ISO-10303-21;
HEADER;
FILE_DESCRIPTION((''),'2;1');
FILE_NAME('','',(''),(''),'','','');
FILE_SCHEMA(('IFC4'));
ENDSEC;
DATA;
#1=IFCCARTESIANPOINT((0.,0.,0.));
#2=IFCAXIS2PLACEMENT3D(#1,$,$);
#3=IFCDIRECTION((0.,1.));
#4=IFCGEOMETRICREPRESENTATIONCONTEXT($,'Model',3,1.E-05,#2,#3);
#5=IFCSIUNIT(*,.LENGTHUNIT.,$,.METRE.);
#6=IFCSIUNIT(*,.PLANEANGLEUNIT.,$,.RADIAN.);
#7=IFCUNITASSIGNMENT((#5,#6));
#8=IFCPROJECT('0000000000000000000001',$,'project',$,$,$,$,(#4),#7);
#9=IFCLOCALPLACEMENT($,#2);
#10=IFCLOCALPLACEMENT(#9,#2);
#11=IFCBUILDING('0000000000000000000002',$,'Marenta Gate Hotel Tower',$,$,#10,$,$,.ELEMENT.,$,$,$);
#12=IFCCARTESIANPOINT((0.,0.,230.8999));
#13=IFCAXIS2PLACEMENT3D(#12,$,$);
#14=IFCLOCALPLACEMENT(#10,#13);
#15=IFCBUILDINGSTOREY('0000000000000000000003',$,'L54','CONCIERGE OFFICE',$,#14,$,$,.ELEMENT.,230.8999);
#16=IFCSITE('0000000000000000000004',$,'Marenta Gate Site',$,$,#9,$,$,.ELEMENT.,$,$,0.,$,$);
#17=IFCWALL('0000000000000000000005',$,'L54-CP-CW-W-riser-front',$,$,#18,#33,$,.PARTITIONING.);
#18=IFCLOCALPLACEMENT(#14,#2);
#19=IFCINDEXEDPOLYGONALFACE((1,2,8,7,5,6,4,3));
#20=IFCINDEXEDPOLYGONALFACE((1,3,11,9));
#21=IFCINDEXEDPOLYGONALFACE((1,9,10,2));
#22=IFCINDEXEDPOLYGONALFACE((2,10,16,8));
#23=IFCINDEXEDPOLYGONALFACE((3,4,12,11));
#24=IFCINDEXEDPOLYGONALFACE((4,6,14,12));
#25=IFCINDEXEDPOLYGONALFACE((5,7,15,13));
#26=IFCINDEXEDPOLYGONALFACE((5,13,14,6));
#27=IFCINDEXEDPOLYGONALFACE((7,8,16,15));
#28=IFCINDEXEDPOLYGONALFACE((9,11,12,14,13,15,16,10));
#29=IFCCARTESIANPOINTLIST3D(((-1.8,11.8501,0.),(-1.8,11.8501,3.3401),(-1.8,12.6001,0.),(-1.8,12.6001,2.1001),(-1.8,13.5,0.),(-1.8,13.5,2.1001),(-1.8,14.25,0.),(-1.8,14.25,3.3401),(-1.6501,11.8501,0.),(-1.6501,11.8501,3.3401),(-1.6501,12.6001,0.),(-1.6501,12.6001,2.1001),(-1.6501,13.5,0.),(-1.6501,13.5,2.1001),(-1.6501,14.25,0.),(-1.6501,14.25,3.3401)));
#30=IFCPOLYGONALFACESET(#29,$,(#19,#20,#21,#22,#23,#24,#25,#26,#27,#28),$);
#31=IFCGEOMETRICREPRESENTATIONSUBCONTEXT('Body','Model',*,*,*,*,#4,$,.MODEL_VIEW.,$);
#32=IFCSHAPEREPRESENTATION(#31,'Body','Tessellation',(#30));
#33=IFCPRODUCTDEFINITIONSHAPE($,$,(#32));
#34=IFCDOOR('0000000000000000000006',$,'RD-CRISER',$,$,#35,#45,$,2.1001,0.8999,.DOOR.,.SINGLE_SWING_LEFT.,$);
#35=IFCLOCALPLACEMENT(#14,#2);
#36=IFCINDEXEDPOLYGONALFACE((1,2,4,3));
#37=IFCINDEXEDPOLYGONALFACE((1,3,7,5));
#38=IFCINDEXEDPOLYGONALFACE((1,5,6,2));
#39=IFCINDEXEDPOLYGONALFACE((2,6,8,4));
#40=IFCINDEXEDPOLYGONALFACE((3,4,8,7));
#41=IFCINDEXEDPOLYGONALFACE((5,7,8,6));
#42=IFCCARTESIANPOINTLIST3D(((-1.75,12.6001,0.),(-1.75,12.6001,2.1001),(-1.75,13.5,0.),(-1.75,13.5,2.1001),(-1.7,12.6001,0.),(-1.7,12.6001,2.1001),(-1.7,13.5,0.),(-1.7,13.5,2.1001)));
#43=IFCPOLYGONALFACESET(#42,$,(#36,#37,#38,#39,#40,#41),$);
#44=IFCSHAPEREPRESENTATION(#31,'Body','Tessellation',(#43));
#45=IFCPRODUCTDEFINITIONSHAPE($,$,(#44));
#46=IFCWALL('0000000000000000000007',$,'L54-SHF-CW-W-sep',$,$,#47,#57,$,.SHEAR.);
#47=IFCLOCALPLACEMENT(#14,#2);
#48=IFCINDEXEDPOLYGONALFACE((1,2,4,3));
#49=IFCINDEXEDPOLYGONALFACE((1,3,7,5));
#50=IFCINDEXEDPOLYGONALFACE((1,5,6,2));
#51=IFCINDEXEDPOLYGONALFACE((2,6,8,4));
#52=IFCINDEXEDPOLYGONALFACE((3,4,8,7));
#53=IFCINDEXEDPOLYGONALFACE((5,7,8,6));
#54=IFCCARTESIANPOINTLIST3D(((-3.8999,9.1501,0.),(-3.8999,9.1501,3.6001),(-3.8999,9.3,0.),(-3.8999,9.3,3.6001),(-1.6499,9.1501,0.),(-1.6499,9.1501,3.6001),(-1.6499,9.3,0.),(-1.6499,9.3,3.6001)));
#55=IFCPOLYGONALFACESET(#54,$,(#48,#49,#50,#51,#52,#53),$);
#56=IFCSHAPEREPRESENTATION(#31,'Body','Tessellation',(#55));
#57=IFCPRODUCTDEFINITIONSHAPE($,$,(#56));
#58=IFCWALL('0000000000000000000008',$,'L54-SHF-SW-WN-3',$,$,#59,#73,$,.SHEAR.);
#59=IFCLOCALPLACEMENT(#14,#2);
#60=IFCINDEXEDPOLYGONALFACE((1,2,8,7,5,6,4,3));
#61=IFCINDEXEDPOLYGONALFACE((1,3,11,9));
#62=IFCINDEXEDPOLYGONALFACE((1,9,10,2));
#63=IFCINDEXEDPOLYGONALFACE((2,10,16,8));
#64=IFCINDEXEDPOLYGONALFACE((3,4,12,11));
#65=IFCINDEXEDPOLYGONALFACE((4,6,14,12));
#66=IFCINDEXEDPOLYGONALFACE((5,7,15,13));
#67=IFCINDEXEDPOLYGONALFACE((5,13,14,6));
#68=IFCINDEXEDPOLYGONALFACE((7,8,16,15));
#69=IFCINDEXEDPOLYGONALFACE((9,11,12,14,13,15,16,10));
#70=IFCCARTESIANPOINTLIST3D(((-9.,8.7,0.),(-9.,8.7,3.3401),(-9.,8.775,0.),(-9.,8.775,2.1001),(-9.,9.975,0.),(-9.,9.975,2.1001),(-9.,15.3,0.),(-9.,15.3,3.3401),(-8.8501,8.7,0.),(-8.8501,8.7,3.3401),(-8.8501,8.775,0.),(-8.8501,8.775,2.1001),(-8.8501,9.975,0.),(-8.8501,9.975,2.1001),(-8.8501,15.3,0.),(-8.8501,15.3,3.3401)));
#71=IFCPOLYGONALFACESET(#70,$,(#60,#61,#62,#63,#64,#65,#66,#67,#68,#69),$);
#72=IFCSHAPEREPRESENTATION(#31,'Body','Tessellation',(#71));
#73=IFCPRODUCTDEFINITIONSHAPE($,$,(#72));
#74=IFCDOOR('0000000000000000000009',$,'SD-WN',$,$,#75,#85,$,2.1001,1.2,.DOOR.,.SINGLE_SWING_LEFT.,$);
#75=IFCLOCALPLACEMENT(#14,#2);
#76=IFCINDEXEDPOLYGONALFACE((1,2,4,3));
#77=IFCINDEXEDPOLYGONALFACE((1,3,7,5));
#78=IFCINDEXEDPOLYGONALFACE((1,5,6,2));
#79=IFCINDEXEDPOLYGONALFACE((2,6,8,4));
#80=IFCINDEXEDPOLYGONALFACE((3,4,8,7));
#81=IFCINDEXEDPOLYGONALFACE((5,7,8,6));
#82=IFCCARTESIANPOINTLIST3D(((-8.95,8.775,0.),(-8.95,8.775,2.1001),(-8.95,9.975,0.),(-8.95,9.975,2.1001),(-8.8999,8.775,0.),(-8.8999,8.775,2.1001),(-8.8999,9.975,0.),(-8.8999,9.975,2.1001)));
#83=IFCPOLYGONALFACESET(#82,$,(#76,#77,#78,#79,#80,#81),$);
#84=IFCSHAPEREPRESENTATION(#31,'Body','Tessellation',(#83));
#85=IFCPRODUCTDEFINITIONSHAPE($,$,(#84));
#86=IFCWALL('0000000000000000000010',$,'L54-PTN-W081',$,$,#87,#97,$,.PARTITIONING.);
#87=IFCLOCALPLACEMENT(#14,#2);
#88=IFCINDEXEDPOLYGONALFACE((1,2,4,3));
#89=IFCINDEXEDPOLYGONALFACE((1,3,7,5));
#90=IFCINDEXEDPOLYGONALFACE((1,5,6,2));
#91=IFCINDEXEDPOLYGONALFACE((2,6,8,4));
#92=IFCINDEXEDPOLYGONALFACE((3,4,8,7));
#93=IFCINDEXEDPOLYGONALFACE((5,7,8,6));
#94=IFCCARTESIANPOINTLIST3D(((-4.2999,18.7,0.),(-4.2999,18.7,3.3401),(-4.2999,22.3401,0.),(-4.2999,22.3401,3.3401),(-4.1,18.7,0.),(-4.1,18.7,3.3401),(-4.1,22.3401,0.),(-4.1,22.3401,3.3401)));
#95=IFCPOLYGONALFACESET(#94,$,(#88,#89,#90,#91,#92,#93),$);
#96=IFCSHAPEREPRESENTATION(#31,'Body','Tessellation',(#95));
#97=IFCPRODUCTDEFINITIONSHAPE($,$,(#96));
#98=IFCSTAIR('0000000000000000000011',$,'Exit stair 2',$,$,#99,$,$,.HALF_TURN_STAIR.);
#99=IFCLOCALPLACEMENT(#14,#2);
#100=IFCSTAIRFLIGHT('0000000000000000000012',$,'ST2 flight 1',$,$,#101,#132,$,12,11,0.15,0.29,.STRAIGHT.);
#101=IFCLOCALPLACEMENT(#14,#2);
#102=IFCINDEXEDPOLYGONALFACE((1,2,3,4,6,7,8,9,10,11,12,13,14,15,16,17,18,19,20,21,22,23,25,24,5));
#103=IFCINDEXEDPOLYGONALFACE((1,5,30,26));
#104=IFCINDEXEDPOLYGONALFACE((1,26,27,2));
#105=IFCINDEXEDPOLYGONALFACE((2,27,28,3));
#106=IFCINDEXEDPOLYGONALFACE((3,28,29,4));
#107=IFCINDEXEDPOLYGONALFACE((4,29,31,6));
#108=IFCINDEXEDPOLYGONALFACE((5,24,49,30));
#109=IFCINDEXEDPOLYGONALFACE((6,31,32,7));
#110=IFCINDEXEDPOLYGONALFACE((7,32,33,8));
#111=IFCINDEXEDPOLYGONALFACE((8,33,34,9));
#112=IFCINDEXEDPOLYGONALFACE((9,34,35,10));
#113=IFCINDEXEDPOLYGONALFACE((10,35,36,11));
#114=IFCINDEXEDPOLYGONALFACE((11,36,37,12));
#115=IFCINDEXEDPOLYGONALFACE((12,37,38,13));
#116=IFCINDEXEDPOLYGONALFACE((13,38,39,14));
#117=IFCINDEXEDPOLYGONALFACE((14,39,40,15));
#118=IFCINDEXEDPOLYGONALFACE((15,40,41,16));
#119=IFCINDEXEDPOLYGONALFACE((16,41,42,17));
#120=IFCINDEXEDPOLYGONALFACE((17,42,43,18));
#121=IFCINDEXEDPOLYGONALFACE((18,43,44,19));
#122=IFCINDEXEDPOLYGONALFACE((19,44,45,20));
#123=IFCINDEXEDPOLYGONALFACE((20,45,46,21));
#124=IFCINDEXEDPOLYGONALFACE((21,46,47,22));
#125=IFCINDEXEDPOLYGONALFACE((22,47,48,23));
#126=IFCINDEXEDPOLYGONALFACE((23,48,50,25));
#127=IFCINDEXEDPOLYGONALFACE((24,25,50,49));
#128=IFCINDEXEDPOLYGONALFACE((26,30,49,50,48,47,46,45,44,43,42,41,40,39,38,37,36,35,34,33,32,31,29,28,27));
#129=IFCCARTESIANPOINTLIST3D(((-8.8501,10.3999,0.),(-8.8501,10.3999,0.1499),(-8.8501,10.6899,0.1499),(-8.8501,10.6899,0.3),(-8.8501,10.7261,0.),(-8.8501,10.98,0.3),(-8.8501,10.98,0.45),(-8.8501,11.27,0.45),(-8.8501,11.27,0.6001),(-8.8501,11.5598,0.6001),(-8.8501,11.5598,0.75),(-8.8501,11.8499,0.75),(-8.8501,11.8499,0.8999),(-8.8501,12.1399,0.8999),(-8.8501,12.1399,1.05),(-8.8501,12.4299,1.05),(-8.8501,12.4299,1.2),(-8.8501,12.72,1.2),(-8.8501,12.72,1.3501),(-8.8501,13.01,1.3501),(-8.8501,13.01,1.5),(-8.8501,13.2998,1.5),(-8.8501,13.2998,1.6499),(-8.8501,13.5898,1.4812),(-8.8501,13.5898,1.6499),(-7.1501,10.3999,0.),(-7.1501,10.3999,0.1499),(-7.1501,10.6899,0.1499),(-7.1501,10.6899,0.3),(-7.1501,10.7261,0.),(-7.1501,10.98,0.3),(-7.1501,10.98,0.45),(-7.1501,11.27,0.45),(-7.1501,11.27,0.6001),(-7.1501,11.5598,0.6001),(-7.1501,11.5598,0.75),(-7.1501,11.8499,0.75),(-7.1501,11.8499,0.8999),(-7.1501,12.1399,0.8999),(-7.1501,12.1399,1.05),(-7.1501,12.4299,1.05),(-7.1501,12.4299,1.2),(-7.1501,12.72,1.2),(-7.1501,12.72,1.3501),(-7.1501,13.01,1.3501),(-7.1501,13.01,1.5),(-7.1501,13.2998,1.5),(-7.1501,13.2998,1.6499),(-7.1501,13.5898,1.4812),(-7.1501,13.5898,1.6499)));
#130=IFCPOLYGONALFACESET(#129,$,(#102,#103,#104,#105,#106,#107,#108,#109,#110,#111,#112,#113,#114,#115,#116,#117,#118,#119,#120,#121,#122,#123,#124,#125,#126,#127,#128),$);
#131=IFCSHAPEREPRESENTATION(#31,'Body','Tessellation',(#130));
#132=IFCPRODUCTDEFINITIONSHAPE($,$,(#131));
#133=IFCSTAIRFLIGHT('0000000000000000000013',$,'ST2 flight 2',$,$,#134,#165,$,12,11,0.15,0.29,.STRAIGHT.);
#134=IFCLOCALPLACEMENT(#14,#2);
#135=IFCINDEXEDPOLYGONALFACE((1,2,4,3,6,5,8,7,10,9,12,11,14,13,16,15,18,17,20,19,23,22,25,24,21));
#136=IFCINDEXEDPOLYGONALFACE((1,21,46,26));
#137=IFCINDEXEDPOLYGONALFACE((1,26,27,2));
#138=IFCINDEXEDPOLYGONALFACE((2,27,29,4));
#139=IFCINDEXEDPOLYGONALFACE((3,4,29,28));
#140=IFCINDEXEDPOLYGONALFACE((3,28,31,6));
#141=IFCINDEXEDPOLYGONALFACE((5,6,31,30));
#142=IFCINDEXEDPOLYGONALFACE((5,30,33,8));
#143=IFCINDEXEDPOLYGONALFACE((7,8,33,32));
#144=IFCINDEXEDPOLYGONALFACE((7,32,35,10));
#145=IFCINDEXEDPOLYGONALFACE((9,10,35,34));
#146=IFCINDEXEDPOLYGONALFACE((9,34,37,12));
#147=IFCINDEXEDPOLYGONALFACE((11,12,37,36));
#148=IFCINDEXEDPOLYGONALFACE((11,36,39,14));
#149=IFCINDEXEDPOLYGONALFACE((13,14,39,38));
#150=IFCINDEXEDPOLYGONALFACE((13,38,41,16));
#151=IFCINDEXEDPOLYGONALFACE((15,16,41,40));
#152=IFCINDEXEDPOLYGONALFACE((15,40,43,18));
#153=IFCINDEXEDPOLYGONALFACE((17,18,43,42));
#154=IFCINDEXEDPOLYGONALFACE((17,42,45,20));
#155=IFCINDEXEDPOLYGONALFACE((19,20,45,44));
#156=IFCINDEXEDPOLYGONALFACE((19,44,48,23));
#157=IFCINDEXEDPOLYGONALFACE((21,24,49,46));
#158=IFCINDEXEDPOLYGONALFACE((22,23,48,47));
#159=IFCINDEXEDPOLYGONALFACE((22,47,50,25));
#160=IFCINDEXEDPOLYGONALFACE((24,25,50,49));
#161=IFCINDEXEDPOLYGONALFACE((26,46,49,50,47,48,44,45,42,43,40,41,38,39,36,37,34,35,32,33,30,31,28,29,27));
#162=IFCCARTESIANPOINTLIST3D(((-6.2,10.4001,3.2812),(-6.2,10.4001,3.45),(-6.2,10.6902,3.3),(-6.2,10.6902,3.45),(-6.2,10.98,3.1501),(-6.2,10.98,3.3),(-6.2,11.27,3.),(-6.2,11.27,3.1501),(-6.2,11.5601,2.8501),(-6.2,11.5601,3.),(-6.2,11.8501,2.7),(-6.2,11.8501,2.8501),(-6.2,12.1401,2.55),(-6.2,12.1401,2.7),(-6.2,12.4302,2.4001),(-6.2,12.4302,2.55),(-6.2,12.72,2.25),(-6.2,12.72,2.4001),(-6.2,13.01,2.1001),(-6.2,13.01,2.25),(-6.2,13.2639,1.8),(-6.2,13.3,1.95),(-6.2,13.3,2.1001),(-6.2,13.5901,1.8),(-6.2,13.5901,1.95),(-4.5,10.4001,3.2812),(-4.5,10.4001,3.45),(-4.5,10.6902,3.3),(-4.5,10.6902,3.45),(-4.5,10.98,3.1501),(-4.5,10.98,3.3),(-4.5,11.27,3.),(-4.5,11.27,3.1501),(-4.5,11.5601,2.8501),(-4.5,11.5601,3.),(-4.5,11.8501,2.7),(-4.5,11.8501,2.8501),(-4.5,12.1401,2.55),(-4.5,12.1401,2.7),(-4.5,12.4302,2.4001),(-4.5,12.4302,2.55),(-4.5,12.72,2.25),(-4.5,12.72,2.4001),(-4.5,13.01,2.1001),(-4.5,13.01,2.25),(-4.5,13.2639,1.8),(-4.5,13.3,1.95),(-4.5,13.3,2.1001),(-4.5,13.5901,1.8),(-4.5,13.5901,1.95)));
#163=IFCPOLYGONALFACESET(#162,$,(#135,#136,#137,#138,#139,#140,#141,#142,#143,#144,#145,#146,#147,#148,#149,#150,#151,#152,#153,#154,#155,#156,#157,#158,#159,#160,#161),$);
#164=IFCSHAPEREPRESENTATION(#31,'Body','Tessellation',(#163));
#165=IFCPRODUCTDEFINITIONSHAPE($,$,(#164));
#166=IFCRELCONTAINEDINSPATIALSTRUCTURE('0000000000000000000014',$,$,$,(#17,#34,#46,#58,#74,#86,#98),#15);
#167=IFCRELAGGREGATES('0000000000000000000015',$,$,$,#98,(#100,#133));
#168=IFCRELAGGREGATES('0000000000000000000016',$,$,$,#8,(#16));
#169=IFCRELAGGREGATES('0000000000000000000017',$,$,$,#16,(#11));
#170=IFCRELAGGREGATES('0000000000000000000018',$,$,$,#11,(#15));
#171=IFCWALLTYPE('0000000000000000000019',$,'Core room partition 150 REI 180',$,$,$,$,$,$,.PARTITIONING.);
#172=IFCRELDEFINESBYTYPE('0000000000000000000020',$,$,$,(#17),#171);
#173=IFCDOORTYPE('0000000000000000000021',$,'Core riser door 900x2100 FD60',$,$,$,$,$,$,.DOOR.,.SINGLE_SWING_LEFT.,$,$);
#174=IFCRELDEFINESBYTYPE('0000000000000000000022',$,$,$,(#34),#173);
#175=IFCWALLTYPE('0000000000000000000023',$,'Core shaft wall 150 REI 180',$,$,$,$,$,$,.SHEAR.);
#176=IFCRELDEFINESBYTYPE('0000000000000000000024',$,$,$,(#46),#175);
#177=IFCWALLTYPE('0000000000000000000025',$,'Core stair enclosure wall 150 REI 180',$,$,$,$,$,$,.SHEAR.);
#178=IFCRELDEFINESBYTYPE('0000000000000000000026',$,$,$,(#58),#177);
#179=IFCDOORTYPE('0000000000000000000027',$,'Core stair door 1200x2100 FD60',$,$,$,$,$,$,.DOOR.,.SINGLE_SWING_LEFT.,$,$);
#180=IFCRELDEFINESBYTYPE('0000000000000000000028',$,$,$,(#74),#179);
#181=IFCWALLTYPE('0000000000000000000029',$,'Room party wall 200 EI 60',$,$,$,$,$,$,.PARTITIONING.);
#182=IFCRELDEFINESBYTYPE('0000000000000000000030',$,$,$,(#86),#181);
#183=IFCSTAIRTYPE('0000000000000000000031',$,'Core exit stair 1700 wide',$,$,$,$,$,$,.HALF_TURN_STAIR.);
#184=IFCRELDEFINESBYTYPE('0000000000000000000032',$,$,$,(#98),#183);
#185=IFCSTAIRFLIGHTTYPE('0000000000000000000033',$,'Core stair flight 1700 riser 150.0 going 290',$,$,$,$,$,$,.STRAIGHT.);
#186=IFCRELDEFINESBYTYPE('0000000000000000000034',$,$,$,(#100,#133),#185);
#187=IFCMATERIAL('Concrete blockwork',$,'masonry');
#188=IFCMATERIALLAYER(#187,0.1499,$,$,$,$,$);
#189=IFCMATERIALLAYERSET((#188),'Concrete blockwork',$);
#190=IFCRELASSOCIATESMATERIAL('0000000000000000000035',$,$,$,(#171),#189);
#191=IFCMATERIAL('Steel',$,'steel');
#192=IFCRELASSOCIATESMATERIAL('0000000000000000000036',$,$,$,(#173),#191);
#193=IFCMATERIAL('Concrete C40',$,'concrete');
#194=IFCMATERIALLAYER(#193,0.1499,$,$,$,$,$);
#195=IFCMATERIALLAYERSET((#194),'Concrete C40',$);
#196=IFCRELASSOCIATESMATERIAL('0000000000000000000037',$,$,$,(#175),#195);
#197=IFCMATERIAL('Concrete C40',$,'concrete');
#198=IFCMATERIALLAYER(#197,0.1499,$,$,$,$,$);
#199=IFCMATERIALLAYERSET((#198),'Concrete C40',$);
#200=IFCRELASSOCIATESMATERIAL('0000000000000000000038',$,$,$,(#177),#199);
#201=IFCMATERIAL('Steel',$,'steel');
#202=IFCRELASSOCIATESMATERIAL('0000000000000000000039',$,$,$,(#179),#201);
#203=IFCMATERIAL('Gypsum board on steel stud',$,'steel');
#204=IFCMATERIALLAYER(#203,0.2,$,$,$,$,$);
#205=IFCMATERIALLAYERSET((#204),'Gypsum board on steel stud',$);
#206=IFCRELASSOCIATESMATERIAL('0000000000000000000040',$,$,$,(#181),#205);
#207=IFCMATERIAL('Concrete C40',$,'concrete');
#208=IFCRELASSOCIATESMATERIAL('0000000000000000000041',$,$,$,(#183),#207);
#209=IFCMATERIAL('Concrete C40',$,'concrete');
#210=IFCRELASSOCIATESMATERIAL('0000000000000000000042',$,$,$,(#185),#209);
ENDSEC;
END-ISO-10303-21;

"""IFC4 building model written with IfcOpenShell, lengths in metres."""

from ifc_helpers import new_model, si_unit, direction, frame, frame_2d, origin, place, context, subcontext, project, spatial, polyline, rectangle, outline, extrude, material, layer, layer_set, type_object, element, fill, aggregate, save


model = new_model("IFC4")

# Units and contexts
model_context = context("Model", 3, precision=1e-05, world=origin(), true_north=direction((0.0, 1.0)))
body_context = subcontext(model_context, "Body", "Model", "MODEL_VIEW")
ifc_project = project(units=[si_unit("LENGTHUNIT", "METRE"), si_unit("PLANEANGLEUNIT", "RADIAN")], contexts=[model_context])

# Site, building, storey
site_placement = place(None, origin())
site = spatial("IfcSite", under=ifc_project, at=site_placement, Name="Marenta Gate Site", CompositionType="ELEMENT", RefElevation=0.0)
building_placement = place(site_placement, origin())
building = spatial("IfcBuilding", under=site, at=building_placement, Name="Marenta Gate Hotel Tower", CompositionType="ELEMENT")
storey_placement = place(building_placement, frame((0.0, 0.0, 230.8999)))
storey = spatial("IfcBuildingStorey", under=building, at=storey_placement, Name="L54", Description="CONCIERGE OFFICE", CompositionType="ELEMENT", Elevation=230.8999)

# Wall, opening, door
ifc_material_1 = material(Name="Concrete blockwork", Category="masonry")
ifc_layer_1 = layer(ifc_material_1, 0.1499)
ifc_layer_set_1 = layer_set([ifc_layer_1], Name="Concrete blockwork")
wall_type_1 = type_object("IfcWallType", Name="Core room partition 150 REI 180", PredefinedType="PARTITIONING", material=ifc_layer_set_1)
wall_1_placement = place(storey_placement, frame((-1.7251, 11.8501, 0.0), z_axis=(0.0, 0.0, 1.0), x_axis=(0.0, 1.0, 0.0)))
wall_1 = element("IfcWall", 1, at=wall_1_placement, inside=storey, type_object=wall_type_1, Name="L54-CP-CW-W-riser-front", PredefinedType="PARTITIONING", context=body_context, shape_type="SweptSolid", body=[
    extrude(rectangle(XDim=2.3999, YDim=0.1499, at=frame_2d((1.2, 0.0))), origin(), (0.0, 0.0, 1.0), 3.3401),
])
opening_1_placement = place(wall_1_placement, frame((0.75, 0.0, 0.0)))
opening_1 = element("IfcOpeningElement", 2, at=opening_1_placement, cuts=wall_1, PredefinedType="OPENING", context=body_context, shape_type="SweptSolid", body=[
    extrude(rectangle(XDim=0.8999, YDim=2.1001, at=frame_2d((0.45, 1.05))), frame((0.0, 0.075, 0.0), z_axis=(0.0, -1.0, 0.0), x_axis=(1.0, 0.0, 0.0)), (0.0, 0.0, 1.0), 0.1499),
])
ifc_material_2 = material(Name="Steel", Category="steel")
door_type_1 = type_object("IfcDoorType", Name="Core riser door 900x2100 FD60", OperationType="SINGLE_SWING_LEFT", PredefinedType="DOOR", material=ifc_material_2)
door_1_placement = place(opening_1_placement, origin())
door_1 = element("IfcDoor", 3, at=door_1_placement, inside=storey, type_object=door_type_1, Name="RD-CRISER", OperationType="SINGLE_SWING_LEFT", OverallHeight=2.1001, OverallWidth=0.8999, PredefinedType="DOOR", context=body_context, shape_type="SweptSolid", body=[
    extrude(rectangle(XDim=0.8999, YDim=2.1001, at=frame_2d((0.45, 1.05))), frame((0.0, 0.0249, 0.0), z_axis=(0.0, -1.0, 0.0), x_axis=(1.0, 0.0, 0.0)), (0.0, 0.0, 1.0), 0.05),
])
fill(opening_1, door_1)

# Wall
ifc_material_3 = material(Name="Concrete C40", Category="concrete")
ifc_layer_2 = layer(ifc_material_3, 0.1499)
ifc_layer_set_2 = layer_set([ifc_layer_2], Name="Concrete C40")
wall_type_2 = type_object("IfcWallType", Name="Core shaft wall 150 REI 180", PredefinedType="SHEAR", material=ifc_layer_set_2)
wall_2_placement = place(storey_placement, frame((-3.8999, 9.2251, 0.0), z_axis=(0.0, 0.0, 1.0), x_axis=(1.0, 0.0, 0.0)))
element("IfcWall", 4, at=wall_2_placement, inside=storey, type_object=wall_type_2, Name="L54-SHF-CW-W-sep", PredefinedType="SHEAR", context=body_context, shape_type="SweptSolid", body=[
    extrude(rectangle(XDim=2.25, YDim=0.1499, at=frame_2d((1.125, 0.0))), origin(), (0.0, 0.0, 1.0), 3.6001),
])

# Wall, opening, door
ifc_material_4 = material(Name="Concrete C40", Category="concrete")
ifc_layer_3 = layer(ifc_material_4, 0.1499)
ifc_layer_set_3 = layer_set([ifc_layer_3], Name="Concrete C40")
wall_type_3 = type_object("IfcWallType", Name="Core stair enclosure wall 150 REI 180", PredefinedType="SHEAR", material=ifc_layer_set_3)
wall_3_placement = place(storey_placement, frame((-8.925, 8.7, 0.0), z_axis=(0.0, 0.0, 1.0), x_axis=(0.0, 1.0, 0.0)))
wall_3 = element("IfcWall", 5, at=wall_3_placement, inside=storey, type_object=wall_type_3, Name="L54-SHF-SW-WN-3", PredefinedType="SHEAR", context=body_context, shape_type="SweptSolid", body=[
    extrude(rectangle(XDim=6.6001, YDim=0.1499, at=frame_2d((3.3, 0.0))), origin(), (0.0, 0.0, 1.0), 3.3401),
])
opening_2_placement = place(wall_3_placement, frame((0.075, 0.0, 0.0)))
opening_2 = element("IfcOpeningElement", 6, at=opening_2_placement, cuts=wall_3, PredefinedType="OPENING", context=body_context, shape_type="SweptSolid", body=[
    extrude(rectangle(XDim=1.2, YDim=2.1001, at=frame_2d((0.6001, 1.05))), frame((0.0, 0.075, 0.0), z_axis=(0.0, -1.0, 0.0), x_axis=(1.0, 0.0, 0.0)), (0.0, 0.0, 1.0), 0.1499),
])
ifc_material_5 = material(Name="Steel", Category="steel")
door_type_2 = type_object("IfcDoorType", Name="Core stair door 1200x2100 FD60", OperationType="SINGLE_SWING_LEFT", PredefinedType="DOOR", material=ifc_material_5)
door_2_placement = place(opening_2_placement, origin())
door_2 = element("IfcDoor", 7, at=door_2_placement, inside=storey, type_object=door_type_2, Name="SD-WN", OperationType="SINGLE_SWING_LEFT", OverallHeight=2.1001, OverallWidth=1.2, PredefinedType="DOOR", context=body_context, shape_type="SweptSolid", body=[
    extrude(rectangle(XDim=1.2, YDim=2.1001, at=frame_2d((0.6001, 1.05))), frame((0.0, 0.0249, 0.0), z_axis=(0.0, -1.0, 0.0), x_axis=(1.0, 0.0, 0.0)), (0.0, 0.0, 1.0), 0.05),
])
fill(opening_2, door_2)

# Wall
ifc_material_6 = material(Name="Gypsum board on steel stud", Category="steel")
ifc_layer_4 = layer(ifc_material_6, 0.2)
ifc_layer_set_4 = layer_set([ifc_layer_4], Name="Gypsum board on steel stud")
wall_type_4 = type_object("IfcWallType", Name="Room party wall 200 EI 60", PredefinedType="PARTITIONING", material=ifc_layer_set_4)
wall_4_placement = place(storey_placement, frame((-4.2, 18.7, 0.0), z_axis=(0.0, 0.0, 1.0), x_axis=(0.0, 1.0, 0.0)))
element("IfcWall", 8, at=wall_4_placement, inside=storey, type_object=wall_type_4, Name="L54-PTN-W081", PredefinedType="PARTITIONING", context=body_context, shape_type="SweptSolid", body=[
    extrude(rectangle(XDim=3.6401, YDim=0.2, at=frame_2d((1.8201, 0.0))), origin(), (0.0, 0.0, 1.0), 3.3401),
])

# Stair, stair flights
ifc_material_7 = material(Name="Concrete C40", Category="concrete")
stair_type = type_object("IfcStairType", Name="Core exit stair 1700 wide", PredefinedType="HALF_TURN_STAIR", material=ifc_material_7)
stair_placement = place(storey_placement, origin())
stair = element("IfcStair", 9, at=stair_placement, inside=storey, type_object=stair_type, Name="Exit stair 2", PredefinedType="HALF_TURN_STAIR")
ifc_material_8 = material(Name="Concrete C40", Category="concrete")
stair_flight_type = type_object("IfcStairFlightType", Name="Core stair flight 1700 riser 150.0 going 290", PredefinedType="STRAIGHT", material=ifc_material_8)
stair_flight_1_placement = place(storey_placement, frame((-8.0, 10.3999, 0.0), z_axis=(0.0, 0.0, 1.0), x_axis=(0.0, 1.0, 0.0)))
stair_flight_1 = element("IfcStairFlight", 10, at=stair_flight_1_placement, type_object=stair_flight_type, Name="ST2 flight 1", NumberOfRisers=12, NumberOfTreads=11, PredefinedType="STRAIGHT", RiserHeight=0.15, TreadLength=0.29, context=body_context, shape_type="SweptSolid", body=[
    extrude(outline(polyline([(0.0, 0.0), (0.0, 0.1499), (0.29, 0.1499), (0.29, 0.3), (0.5801, 0.3), (0.5801, 0.45), (0.8701, 0.45), (0.8701, 0.6001), (1.1599, 0.6001), (1.1599, 0.75), (1.45, 0.75), (1.45, 0.8999), (1.74, 0.8999), (1.74, 1.05), (2.03, 1.05), (2.03, 1.2), (2.3201, 1.2), (2.3201, 1.3501), (2.6101, 1.3501), (2.6101, 1.5), (2.8999, 1.5), (2.8999, 1.6499), (3.1899, 1.6499), (3.1899, 1.8), (3.1899, 1.4812), (0.3262, 0.0), (0.0, 0.0)])), frame((0.0, 0.8501, 0.0), z_axis=(0.0, -1.0, 0.0), x_axis=(1.0, 0.0, 0.0)), (0.0, 0.0, 1.0), 1.7),
])
stair_flight_2_placement = place(storey_placement, frame((-5.3501, 13.5901, 1.8), z_axis=(0.0, 0.0, 1.0), x_axis=(0.0, -1.0, 0.0)))
stair_flight_2 = element("IfcStairFlight", 11, at=stair_flight_2_placement, type_object=stair_flight_type, Name="ST2 flight 2", NumberOfRisers=12, NumberOfTreads=11, PredefinedType="STRAIGHT", RiserHeight=0.15, TreadLength=0.29, context=body_context, shape_type="SweptSolid", body=[
    extrude(outline(polyline([(0.0, 0.0), (0.0, 0.1499), (0.29, 0.1499), (0.29, 0.3), (0.5801, 0.3), (0.5801, 0.45), (0.8701, 0.45), (0.8701, 0.6001), (1.1599, 0.6001), (1.1599, 0.75), (1.45, 0.75), (1.45, 0.8999), (1.74, 0.8999), (1.74, 1.05), (2.03, 1.05), (2.03, 1.2), (2.3201, 1.2), (2.3201, 1.3501), (2.6101, 1.3501), (2.6101, 1.5), (2.8999, 1.5), (2.8999, 1.6499), (3.1899, 1.6499), (3.1899, 1.8), (3.1899, 1.4812), (0.3262, 0.0), (0.0, 0.0)])), frame((0.0, 0.8501, 0.0), z_axis=(0.0, -1.0, 0.0), x_axis=(1.0, 0.0, 0.0)), (0.0, 0.0, 1.0), 1.7),
])
aggregate(stair, [stair_flight_1, stair_flight_2])

save(model, "model.ifc")
